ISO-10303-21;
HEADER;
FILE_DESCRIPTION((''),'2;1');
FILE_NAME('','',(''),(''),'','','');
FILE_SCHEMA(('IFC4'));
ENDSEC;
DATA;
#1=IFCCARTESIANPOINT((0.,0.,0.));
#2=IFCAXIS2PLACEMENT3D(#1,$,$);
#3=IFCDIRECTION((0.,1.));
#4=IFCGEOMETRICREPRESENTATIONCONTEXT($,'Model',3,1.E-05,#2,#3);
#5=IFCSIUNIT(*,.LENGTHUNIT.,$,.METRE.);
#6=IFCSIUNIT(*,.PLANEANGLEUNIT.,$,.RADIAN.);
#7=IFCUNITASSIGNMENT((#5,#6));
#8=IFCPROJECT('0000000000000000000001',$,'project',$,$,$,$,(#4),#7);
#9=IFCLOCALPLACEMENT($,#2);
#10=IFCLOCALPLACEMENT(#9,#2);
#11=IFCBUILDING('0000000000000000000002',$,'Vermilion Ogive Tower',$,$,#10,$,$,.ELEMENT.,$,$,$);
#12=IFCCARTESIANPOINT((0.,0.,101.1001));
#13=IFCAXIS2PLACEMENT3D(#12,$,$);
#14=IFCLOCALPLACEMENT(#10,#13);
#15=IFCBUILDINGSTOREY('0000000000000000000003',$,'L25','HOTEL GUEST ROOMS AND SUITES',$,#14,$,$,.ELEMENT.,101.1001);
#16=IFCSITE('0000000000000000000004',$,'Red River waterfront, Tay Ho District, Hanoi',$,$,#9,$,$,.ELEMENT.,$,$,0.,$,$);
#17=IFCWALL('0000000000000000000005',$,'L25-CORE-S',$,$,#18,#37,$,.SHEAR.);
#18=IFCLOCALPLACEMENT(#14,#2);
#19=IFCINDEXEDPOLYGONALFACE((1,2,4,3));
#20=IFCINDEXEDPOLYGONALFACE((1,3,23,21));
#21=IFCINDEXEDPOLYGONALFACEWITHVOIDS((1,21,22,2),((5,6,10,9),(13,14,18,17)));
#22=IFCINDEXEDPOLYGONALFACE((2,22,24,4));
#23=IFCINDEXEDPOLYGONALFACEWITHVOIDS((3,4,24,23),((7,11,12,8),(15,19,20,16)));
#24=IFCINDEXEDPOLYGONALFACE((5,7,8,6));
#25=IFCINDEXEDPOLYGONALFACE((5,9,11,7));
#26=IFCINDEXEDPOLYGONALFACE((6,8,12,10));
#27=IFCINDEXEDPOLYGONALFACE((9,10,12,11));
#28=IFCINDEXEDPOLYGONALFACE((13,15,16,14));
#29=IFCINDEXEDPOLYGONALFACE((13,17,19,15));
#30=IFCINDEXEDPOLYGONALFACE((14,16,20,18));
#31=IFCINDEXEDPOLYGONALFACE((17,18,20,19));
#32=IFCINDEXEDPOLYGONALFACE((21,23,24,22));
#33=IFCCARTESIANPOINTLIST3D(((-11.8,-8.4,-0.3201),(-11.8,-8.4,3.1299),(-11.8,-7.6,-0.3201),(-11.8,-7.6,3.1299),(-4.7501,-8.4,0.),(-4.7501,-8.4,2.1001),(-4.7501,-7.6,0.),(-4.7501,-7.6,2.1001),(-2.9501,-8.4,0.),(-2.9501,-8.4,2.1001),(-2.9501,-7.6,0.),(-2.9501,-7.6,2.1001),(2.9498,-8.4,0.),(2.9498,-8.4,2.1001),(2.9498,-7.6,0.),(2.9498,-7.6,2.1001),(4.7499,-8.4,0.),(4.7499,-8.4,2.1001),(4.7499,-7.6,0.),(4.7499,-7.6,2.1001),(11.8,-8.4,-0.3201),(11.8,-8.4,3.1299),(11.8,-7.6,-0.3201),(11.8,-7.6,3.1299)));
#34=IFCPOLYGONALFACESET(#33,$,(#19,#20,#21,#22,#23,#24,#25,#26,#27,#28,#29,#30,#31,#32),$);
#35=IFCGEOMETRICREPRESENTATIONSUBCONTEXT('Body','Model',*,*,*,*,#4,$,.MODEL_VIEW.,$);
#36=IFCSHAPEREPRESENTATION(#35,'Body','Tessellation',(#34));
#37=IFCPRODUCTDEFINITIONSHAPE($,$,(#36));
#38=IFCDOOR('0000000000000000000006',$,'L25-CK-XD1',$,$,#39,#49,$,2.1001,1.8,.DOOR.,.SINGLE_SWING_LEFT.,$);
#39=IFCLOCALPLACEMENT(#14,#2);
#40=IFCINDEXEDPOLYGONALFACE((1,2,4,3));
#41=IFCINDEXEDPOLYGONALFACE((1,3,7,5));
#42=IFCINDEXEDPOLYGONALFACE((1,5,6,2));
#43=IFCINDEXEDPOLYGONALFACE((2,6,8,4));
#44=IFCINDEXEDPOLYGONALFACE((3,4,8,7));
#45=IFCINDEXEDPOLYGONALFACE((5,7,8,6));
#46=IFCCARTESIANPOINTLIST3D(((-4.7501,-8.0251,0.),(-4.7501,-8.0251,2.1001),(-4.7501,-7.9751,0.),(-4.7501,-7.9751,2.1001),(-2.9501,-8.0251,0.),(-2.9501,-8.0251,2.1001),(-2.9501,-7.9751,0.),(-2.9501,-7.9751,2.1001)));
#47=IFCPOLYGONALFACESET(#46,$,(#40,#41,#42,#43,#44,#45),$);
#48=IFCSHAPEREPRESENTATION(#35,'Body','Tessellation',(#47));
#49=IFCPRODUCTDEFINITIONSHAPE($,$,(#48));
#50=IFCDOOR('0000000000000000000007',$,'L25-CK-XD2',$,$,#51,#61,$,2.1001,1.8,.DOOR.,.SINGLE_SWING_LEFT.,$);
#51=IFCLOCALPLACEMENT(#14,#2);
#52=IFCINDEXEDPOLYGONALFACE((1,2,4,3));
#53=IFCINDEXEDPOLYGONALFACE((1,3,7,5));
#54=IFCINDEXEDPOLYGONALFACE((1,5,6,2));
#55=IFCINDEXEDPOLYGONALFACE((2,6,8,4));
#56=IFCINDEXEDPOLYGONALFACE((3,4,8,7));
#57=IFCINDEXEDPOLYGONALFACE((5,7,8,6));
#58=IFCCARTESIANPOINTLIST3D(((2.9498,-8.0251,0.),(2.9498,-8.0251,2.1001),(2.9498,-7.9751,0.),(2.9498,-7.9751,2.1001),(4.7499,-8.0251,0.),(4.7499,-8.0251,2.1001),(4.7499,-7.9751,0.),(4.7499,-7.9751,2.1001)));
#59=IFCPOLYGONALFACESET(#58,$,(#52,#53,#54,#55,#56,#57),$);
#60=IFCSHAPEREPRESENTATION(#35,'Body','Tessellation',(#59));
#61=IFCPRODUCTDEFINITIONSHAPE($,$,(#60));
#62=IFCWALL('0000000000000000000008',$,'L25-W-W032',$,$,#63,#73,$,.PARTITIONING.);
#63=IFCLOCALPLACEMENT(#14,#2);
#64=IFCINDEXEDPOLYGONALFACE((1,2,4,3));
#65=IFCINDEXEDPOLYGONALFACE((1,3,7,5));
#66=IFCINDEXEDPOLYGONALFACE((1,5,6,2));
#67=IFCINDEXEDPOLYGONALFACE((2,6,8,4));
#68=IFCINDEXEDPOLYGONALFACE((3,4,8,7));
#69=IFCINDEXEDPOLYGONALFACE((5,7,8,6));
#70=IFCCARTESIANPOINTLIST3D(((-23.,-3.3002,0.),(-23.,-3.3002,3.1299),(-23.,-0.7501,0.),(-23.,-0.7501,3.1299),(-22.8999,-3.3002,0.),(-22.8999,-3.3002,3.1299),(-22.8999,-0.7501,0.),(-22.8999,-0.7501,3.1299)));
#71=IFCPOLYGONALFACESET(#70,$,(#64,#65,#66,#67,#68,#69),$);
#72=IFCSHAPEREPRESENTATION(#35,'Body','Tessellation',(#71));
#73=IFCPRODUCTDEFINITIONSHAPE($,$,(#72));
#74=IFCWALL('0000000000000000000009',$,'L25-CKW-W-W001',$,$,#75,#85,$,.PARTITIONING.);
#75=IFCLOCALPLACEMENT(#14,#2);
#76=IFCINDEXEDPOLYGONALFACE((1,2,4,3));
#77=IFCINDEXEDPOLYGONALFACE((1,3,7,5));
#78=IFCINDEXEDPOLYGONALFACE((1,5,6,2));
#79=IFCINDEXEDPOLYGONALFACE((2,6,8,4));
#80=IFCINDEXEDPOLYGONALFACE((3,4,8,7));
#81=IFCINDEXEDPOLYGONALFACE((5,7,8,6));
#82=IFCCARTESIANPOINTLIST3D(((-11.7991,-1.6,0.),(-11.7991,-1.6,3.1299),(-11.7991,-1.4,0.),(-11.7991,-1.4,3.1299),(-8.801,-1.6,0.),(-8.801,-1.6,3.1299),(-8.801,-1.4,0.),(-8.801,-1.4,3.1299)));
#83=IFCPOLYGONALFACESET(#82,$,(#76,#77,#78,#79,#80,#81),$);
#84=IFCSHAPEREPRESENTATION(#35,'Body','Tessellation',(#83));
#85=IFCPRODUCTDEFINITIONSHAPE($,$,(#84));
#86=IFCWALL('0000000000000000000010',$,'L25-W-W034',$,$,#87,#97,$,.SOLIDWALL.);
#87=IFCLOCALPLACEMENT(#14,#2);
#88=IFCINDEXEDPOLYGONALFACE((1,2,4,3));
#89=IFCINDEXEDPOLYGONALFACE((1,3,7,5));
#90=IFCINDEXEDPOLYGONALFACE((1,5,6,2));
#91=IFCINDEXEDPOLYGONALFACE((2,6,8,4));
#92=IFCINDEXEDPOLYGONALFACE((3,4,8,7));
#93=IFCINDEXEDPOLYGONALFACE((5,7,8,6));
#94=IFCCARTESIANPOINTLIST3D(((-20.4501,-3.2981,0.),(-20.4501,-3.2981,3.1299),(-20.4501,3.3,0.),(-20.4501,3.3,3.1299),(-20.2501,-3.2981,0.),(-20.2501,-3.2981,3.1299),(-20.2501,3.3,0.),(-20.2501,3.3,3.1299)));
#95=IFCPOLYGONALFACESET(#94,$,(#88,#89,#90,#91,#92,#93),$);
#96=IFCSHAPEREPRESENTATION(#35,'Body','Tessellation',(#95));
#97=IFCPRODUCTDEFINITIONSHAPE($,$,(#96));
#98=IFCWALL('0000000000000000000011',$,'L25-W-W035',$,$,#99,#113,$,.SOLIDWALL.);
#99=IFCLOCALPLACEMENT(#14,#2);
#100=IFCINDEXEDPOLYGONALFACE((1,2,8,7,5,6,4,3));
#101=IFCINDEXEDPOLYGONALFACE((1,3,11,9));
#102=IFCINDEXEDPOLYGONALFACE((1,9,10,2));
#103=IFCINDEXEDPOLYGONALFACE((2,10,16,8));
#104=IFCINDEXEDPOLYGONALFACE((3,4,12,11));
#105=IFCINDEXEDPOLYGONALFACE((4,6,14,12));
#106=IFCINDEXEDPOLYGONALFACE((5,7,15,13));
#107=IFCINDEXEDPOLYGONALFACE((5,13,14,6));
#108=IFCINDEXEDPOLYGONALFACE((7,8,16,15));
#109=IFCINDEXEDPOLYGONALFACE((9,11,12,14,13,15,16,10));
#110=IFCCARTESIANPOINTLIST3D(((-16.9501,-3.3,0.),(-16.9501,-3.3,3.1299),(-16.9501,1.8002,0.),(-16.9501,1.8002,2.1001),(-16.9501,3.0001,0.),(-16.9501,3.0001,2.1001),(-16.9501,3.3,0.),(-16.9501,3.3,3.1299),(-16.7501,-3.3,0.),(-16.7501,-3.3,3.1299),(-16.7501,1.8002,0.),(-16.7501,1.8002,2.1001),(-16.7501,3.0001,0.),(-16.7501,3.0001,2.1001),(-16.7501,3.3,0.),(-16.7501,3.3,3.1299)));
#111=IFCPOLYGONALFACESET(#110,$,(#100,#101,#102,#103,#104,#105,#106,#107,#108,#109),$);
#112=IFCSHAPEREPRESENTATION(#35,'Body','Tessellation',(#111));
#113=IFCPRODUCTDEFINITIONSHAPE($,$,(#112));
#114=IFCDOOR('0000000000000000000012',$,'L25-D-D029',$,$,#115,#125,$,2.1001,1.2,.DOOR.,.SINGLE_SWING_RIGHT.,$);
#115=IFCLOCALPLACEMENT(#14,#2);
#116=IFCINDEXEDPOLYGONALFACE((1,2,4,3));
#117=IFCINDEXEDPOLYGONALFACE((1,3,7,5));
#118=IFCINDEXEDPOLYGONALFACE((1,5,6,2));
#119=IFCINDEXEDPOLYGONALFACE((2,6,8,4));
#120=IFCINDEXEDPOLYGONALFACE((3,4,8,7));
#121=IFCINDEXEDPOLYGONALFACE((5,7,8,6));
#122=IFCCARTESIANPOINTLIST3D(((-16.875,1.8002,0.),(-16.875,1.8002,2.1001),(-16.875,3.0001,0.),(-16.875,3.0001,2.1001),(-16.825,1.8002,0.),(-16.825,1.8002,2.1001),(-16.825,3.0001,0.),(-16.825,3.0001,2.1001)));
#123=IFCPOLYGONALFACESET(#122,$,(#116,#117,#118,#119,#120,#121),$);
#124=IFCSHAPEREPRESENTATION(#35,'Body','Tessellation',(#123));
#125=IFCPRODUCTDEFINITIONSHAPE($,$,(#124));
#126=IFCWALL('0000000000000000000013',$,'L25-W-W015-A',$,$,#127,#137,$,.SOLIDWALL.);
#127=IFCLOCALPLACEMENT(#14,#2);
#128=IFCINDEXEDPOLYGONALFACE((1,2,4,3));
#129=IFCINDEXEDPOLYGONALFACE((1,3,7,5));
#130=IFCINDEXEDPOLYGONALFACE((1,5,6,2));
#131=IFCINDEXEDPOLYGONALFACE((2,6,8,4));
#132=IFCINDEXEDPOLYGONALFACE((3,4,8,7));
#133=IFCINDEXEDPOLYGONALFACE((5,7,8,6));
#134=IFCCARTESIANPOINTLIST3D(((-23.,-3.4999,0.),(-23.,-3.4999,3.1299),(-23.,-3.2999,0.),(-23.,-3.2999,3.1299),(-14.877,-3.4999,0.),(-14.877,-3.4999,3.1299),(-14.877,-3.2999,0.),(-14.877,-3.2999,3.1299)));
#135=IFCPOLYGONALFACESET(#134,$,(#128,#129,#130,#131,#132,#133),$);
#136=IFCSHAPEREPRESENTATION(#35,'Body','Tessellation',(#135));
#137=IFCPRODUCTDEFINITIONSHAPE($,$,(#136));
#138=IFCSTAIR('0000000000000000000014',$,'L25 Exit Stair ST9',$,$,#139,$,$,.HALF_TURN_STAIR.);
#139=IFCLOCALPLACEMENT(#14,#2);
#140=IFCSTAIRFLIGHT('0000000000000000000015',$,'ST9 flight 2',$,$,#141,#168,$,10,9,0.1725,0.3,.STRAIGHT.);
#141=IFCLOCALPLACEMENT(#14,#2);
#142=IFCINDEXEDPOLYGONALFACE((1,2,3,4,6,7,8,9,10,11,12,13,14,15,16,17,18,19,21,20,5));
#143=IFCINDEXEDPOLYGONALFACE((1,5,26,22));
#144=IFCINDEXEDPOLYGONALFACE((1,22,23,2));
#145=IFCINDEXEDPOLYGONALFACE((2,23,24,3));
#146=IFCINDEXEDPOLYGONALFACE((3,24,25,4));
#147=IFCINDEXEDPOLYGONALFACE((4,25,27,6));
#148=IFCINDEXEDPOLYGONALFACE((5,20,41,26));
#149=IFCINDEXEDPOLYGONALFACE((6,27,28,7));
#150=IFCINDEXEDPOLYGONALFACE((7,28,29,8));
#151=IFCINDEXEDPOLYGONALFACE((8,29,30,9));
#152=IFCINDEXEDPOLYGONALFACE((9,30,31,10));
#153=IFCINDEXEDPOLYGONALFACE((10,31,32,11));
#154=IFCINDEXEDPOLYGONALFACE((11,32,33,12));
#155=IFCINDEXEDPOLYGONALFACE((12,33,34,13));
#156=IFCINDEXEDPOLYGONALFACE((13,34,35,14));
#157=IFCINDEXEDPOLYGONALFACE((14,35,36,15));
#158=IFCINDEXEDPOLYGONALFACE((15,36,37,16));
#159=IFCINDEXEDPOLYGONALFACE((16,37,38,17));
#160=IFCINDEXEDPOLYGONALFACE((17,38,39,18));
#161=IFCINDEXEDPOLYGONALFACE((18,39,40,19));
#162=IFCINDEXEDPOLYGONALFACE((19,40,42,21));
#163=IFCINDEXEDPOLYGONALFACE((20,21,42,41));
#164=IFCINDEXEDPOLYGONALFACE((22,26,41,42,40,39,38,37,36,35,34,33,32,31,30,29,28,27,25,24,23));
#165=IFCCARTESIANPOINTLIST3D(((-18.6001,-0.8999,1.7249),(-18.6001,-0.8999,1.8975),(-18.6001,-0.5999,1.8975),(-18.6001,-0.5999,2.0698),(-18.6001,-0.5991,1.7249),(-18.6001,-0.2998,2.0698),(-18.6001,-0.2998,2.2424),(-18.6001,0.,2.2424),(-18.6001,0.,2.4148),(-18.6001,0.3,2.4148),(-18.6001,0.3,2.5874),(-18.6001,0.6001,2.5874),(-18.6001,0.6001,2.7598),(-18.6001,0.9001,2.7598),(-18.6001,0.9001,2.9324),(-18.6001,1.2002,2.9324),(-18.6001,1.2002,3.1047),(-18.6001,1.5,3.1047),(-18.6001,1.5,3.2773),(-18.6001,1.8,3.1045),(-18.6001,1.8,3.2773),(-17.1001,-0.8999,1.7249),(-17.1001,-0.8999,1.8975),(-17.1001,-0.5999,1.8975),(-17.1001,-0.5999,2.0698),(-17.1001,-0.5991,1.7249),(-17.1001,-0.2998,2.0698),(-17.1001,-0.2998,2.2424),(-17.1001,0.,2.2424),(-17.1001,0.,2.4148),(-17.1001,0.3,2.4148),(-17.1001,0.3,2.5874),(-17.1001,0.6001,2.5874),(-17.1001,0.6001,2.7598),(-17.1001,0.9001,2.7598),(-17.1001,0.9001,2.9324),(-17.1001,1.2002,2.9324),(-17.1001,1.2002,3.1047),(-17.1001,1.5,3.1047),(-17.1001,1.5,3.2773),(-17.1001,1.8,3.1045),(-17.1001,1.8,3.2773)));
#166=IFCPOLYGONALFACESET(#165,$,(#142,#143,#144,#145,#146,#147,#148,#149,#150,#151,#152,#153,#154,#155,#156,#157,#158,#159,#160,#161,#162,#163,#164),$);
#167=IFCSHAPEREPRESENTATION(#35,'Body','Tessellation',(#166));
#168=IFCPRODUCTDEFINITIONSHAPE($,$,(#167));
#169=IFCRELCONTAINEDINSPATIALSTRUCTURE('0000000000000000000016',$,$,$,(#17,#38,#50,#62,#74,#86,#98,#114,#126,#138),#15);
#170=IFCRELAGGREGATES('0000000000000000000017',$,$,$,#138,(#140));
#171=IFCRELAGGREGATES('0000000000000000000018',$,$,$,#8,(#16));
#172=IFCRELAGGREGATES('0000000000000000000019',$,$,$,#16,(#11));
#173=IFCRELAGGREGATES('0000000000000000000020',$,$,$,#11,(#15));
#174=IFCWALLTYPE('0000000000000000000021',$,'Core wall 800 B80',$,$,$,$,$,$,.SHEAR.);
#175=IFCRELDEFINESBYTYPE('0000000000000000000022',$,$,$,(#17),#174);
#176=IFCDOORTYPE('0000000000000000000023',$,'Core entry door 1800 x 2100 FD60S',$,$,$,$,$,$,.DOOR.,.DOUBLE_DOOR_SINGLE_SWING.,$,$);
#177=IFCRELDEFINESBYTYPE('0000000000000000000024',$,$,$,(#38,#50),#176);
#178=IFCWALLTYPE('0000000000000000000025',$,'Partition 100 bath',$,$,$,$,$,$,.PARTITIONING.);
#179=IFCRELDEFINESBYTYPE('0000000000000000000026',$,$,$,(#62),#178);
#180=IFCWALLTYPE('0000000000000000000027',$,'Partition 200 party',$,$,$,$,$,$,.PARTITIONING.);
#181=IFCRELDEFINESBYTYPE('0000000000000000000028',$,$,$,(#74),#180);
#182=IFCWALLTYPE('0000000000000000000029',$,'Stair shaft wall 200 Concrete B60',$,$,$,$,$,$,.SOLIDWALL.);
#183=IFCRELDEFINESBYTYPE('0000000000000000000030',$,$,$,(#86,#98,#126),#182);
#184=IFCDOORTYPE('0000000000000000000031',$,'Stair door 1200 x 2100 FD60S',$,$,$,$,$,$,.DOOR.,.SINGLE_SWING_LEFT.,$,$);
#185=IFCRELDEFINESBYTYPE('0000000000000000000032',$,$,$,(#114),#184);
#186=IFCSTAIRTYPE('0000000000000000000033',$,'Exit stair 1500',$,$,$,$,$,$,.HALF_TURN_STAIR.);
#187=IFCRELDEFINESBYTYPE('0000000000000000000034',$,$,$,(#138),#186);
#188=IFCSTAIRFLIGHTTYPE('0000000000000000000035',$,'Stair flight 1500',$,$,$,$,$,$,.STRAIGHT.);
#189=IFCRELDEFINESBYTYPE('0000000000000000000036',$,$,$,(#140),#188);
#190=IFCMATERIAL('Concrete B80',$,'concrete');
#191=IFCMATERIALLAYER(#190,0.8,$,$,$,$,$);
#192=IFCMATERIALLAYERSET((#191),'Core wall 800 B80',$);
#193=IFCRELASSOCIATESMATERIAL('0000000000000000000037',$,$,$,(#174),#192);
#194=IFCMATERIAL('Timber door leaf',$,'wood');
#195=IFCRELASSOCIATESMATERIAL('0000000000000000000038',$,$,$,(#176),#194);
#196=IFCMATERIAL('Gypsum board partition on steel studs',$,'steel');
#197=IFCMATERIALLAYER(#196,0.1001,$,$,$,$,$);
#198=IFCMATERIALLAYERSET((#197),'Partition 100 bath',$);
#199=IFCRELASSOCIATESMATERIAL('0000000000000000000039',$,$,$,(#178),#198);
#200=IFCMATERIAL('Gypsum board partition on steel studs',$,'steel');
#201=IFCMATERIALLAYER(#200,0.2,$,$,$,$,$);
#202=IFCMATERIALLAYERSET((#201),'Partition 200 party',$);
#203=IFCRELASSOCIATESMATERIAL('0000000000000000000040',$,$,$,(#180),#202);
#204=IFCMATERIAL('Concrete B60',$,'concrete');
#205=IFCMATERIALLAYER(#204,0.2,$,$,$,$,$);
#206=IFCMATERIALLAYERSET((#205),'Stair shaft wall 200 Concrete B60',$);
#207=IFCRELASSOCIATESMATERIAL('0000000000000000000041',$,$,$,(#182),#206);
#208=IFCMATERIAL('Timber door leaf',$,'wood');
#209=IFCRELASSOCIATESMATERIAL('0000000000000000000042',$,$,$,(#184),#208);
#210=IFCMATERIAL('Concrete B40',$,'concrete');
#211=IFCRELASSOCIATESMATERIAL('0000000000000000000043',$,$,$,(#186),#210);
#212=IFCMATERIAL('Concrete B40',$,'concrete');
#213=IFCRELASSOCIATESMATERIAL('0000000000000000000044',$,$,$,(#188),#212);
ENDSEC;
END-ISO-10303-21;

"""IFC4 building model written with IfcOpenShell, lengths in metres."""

from ifc_helpers import new_model, si_unit, direction, frame, frame_2d, origin, place, context, subcontext, project, spatial, polyline, rectangle, outline, extrude, material, layer, layer_set, type_object, element, fill, aggregate, save


model = new_model("IFC4")

# Units and contexts
model_context = context("Model", 3, precision=1e-05, world=origin(), true_north=direction((0.0, 1.0)))
body_context = subcontext(model_context, "Body", "Model", "MODEL_VIEW")
ifc_project = project(units=[si_unit("LENGTHUNIT", "METRE"), si_unit("PLANEANGLEUNIT", "RADIAN")], contexts=[model_context])

# Site, building, storey
site_placement = place(None, origin())
site = spatial("IfcSite", under=ifc_project, at=site_placement, Name="Red River waterfront, Tay Ho District, Hanoi", CompositionType="ELEMENT", RefElevation=0.0)
building_placement = place(site_placement, origin())
building = spatial("IfcBuilding", under=site, at=building_placement, Name="Vermilion Ogive Tower", CompositionType="ELEMENT")
storey_placement = place(building_placement, frame((0.0, 0.0, 101.1001)))
storey = spatial("IfcBuildingStorey", under=building, at=storey_placement, Name="L25", Description="HOTEL GUEST ROOMS AND SUITES", CompositionType="ELEMENT", Elevation=101.1001)

# Wall, openings, doors
ifc_material_1 = material(Name="Concrete B80", Category="concrete")
ifc_layer_1 = layer(ifc_material_1, 0.8)
ifc_layer_set_1 = layer_set([ifc_layer_1], Name="Core wall 800 B80")
wall_type_1 = type_object("IfcWallType", Name="Core wall 800 B80", PredefinedType="SHEAR", material=ifc_layer_set_1)
wall_1_placement = place(storey_placement, frame((-11.8, -8.0, -0.3201), z_axis=(0.0, 0.0, 1.0), x_axis=(1.0, 0.0, 0.0)))
wall_1 = element("IfcWall", 1, at=wall_1_placement, inside=storey, type_object=wall_type_1, Name="L25-CORE-S", PredefinedType="SHEAR", context=body_context, shape_type="SweptSolid", body=[
    extrude(rectangle(XDim=23.6001, YDim=0.8, at=frame_2d((11.8, 0.0))), origin(), (0.0, 0.0, 1.0), 3.45),
])
opening_1_placement = place(wall_1_placement, frame((7.05, 0.0, 0.3201)))
opening_1 = element("IfcOpeningElement", 2, at=opening_1_placement, cuts=wall_1, PredefinedType="OPENING", context=body_context, shape_type="SweptSolid", body=[
    extrude(rectangle(XDim=1.8, YDim=2.1001, at=frame_2d((0.8999, 1.05))), frame((0.0, 0.4099, 0.0), z_axis=(0.0, -1.0, 0.0), x_axis=(1.0, 0.0, 0.0)), (0.0, 0.0, 1.0), 0.8201),
])
opening_2_placement = place(wall_1_placement, frame((14.75, 0.0, 0.3201)))
opening_2 = element("IfcOpeningElement", 3, at=opening_2_placement, cuts=wall_1, PredefinedType="OPENING", context=body_context, shape_type="SweptSolid", body=[
    extrude(rectangle(XDim=1.8, YDim=2.1001, at=frame_2d((0.8999, 1.05))), frame((0.0, 0.4099, 0.0), z_axis=(0.0, -1.0, 0.0), x_axis=(1.0, 0.0, 0.0)), (0.0, 0.0, 1.0), 0.8201),
])
ifc_material_2 = material(Name="Timber door leaf", Category="wood")
door_type_1 = type_object("IfcDoorType", Name="Core entry door 1800 x 2100 FD60S", OperationType="DOUBLE_DOOR_SINGLE_SWING", PredefinedType="DOOR", material=ifc_material_2)
door_1_placement = place(opening_1_placement, origin())
door_1 = element("IfcDoor", 4, at=door_1_placement, inside=storey, type_object=door_type_1, Name="L25-CK-XD1", OperationType="SINGLE_SWING_LEFT", OverallHeight=2.1001, OverallWidth=1.8, PredefinedType="DOOR", context=body_context, shape_type="SweptSolid", body=[
    extrude(rectangle(XDim=1.8, YDim=2.1001, at=frame_2d((0.8999, 1.05))), frame((0.0, 0.0249, 0.0), z_axis=(0.0, -1.0, 0.0), x_axis=(1.0, 0.0, 0.0)), (0.0, 0.0, 1.0), 0.05),
])
fill(opening_1, door_1)
door_2_placement = place(opening_2_placement, origin())
door_2 = element("IfcDoor", 5, at=door_2_placement, inside=storey, type_object=door_type_1, Name="L25-CK-XD2", OperationType="SINGLE_SWING_LEFT", OverallHeight=2.1001, OverallWidth=1.8, PredefinedType="DOOR", context=body_context, shape_type="SweptSolid", body=[
    extrude(rectangle(XDim=1.8, YDim=2.1001, at=frame_2d((0.8999, 1.05))), frame((0.0, 0.0249, 0.0), z_axis=(0.0, -1.0, 0.0), x_axis=(1.0, 0.0, 0.0)), (0.0, 0.0, 1.0), 0.05),
])
fill(opening_2, door_2)

# Walls
ifc_material_3 = material(Name="Gypsum board partition on steel studs", Category="steel")
ifc_layer_2 = layer(ifc_material_3, 0.1001)
ifc_layer_set_2 = layer_set([ifc_layer_2], Name="Partition 100 bath")
wall_type_2 = type_object("IfcWallType", Name="Partition 100 bath", PredefinedType="PARTITIONING", material=ifc_layer_set_2)
wall_2_placement = place(storey_placement, frame((-22.95, -3.3, 0.0), z_axis=(0.0, 0.0, 1.0), x_axis=(0.0, 1.0, 0.0)))
element("IfcWall", 6, at=wall_2_placement, inside=storey, type_object=wall_type_2, Name="L25-W-W032", PredefinedType="PARTITIONING", context=body_context, shape_type="SweptSolid", body=[
    extrude(rectangle(XDim=2.55, YDim=0.1001, at=frame_2d((1.2749, 0.0))), origin(), (0.0, 0.0, 1.0), 3.1299),
])
ifc_material_4 = material(Name="Gypsum board partition on steel studs", Category="steel")
ifc_layer_3 = layer(ifc_material_4, 0.2)
ifc_layer_set_3 = layer_set([ifc_layer_3], Name="Partition 200 party")
wall_type_3 = type_object("IfcWallType", Name="Partition 200 party", PredefinedType="PARTITIONING", material=ifc_layer_set_3)
wall_3_placement = place(storey_placement, frame((-11.7991, -1.5, 0.0), z_axis=(0.0, 0.0, 1.0), x_axis=(1.0, 0.0, 0.0)))
element("IfcWall", 7, at=wall_3_placement, inside=storey, type_object=wall_type_3, Name="L25-CKW-W-W001", PredefinedType="PARTITIONING", context=body_context, shape_type="SweptSolid", body=[
    extrude(rectangle(XDim=2.998, YDim=0.2, at=frame_2d((1.499, 0.0))), origin(), (0.0, 0.0, 1.0), 3.1299),
])
ifc_material_5 = material(Name="Concrete B60", Category="concrete")
ifc_layer_4 = layer(ifc_material_5, 0.2)
ifc_layer_set_4 = layer_set([ifc_layer_4], Name="Stair shaft wall 200 Concrete B60")
wall_type_4 = type_object("IfcWallType", Name="Stair shaft wall 200 Concrete B60", PredefinedType="SOLIDWALL", material=ifc_layer_set_4)
wall_4_placement = place(storey_placement, frame((-20.3501, -3.2981, 0.0), z_axis=(0.0, 0.0, 1.0), x_axis=(0.0, 1.0, 0.0)))
element("IfcWall", 8, at=wall_4_placement, inside=storey, type_object=wall_type_4, Name="L25-W-W034", PredefinedType="SOLIDWALL", context=body_context, shape_type="SweptSolid", body=[
    extrude(rectangle(XDim=6.5981, YDim=0.2, at=frame_2d((3.2991, 0.0))), origin(), (0.0, 0.0, 1.0), 3.1299),
])

# Wall, opening, door
wall_5_placement = place(storey_placement, frame((-16.8501, -3.3, 0.0), z_axis=(0.0, 0.0, 1.0), x_axis=(0.0, 1.0, 0.0)))
wall_5 = element("IfcWall", 9, at=wall_5_placement, inside=storey, type_object=wall_type_4, Name="L25-W-W035", PredefinedType="SOLIDWALL", context=body_context, shape_type="SweptSolid", body=[
    extrude(rectangle(XDim=6.6001, YDim=0.2, at=frame_2d((3.3, 0.0))), origin(), (0.0, 0.0, 1.0), 3.1299),
])
opening_3_placement = place(wall_5_placement, frame((5.1001, 0.0, 0.0)))
opening_3 = element("IfcOpeningElement", 10, at=opening_3_placement, cuts=wall_5, PredefinedType="OPENING", context=body_context, shape_type="SweptSolid", body=[
    extrude(rectangle(XDim=1.2, YDim=2.1001, at=frame_2d((0.6001, 1.05))), frame((0.0, 0.1099, 0.0), z_axis=(0.0, -1.0, 0.0), x_axis=(1.0, 0.0, 0.0)), (0.0, 0.0, 1.0), 0.22),
])
ifc_material_6 = material(Name="Timber door leaf", Category="wood")
door_type_2 = type_object("IfcDoorType", Name="Stair door 1200 x 2100 FD60S", OperationType="SINGLE_SWING_LEFT", PredefinedType="DOOR", material=ifc_material_6)
door_3_placement = place(opening_3_placement, origin())
door_3 = element("IfcDoor", 11, at=door_3_placement, inside=storey, type_object=door_type_2, Name="L25-D-D029", OperationType="SINGLE_SWING_RIGHT", OverallHeight=2.1001, OverallWidth=1.2, PredefinedType="DOOR", context=body_context, shape_type="SweptSolid", body=[
    extrude(rectangle(XDim=1.2, YDim=2.1001, at=frame_2d((0.6001, 1.05))), frame((0.0, 0.0249, 0.0), z_axis=(0.0, -1.0, 0.0), x_axis=(1.0, 0.0, 0.0)), (0.0, 0.0, 1.0), 0.05),
])
fill(opening_3, door_3)

# Wall
wall_6_placement = place(storey_placement, frame((-23.0, -3.3999, 0.0), z_axis=(0.0, 0.0, 1.0), x_axis=(1.0, 0.0, 0.0)))
element("IfcWall", 12, at=wall_6_placement, inside=storey, type_object=wall_type_4, Name="L25-W-W015-A", PredefinedType="SOLIDWALL", context=body_context, shape_type="SweptSolid", body=[
    extrude(rectangle(XDim=8.123, YDim=0.2, at=frame_2d((4.0615, 0.0))), origin(), (0.0, 0.0, 1.0), 3.1299),
])

# Stair, stair flight
ifc_material_7 = material(Name="Concrete B40", Category="concrete")
stair_type = type_object("IfcStairType", Name="Exit stair 1500", PredefinedType="HALF_TURN_STAIR", material=ifc_material_7)
stair_placement = place(storey_placement, origin())
stair = element("IfcStair", 13, at=stair_placement, inside=storey, type_object=stair_type, Name="L25 Exit Stair ST9", PredefinedType="HALF_TURN_STAIR")
ifc_material_8 = material(Name="Concrete B40", Category="concrete")
stair_flight_type = type_object("IfcStairFlightType", Name="Stair flight 1500", PredefinedType="STRAIGHT", material=ifc_material_8)
stair_flight_placement = place(storey_placement, frame((-17.8501, -0.8999, 1.7249), z_axis=(0.0, 0.0, 1.0), x_axis=(0.0, 1.0, 0.0)))
stair_flight = element("IfcStairFlight", 14, at=stair_flight_placement, type_object=stair_flight_type, Name="ST9 flight 2", NumberOfRisers=10, NumberOfTreads=9, PredefinedType="STRAIGHT", RiserHeight=0.1725, TreadLength=0.3, context=body_context, shape_type="SweptSolid", body=[
    extrude(outline(polyline([(0.0, 0.0), (0.0, 0.1726), (0.3, 0.1726), (0.3, 0.345), (0.6001, 0.345), (0.6001, 0.5176), (0.8999, 0.5176), (0.8999, 0.6899), (1.2, 0.6899), (1.2, 0.8625), (1.5, 0.8625), (1.5, 1.0349), (1.8, 1.0349), (1.8, 1.2075), (2.1001, 1.2075), (2.1001, 1.3799), (2.3999, 1.3799), (2.3999, 1.5525), (2.7, 1.5525), (2.7, 1.7251), (2.7, 1.3796), (0.3008, 0.0), (0.0, 0.0)])), frame((0.0, 0.75, 0.0), z_axis=(0.0, -1.0, 0.0), x_axis=(1.0, 0.0, 0.0)), (0.0, 0.0, 1.0), 1.5),
])
aggregate(stair, [stair_flight])

save(model, "model.ifc")
